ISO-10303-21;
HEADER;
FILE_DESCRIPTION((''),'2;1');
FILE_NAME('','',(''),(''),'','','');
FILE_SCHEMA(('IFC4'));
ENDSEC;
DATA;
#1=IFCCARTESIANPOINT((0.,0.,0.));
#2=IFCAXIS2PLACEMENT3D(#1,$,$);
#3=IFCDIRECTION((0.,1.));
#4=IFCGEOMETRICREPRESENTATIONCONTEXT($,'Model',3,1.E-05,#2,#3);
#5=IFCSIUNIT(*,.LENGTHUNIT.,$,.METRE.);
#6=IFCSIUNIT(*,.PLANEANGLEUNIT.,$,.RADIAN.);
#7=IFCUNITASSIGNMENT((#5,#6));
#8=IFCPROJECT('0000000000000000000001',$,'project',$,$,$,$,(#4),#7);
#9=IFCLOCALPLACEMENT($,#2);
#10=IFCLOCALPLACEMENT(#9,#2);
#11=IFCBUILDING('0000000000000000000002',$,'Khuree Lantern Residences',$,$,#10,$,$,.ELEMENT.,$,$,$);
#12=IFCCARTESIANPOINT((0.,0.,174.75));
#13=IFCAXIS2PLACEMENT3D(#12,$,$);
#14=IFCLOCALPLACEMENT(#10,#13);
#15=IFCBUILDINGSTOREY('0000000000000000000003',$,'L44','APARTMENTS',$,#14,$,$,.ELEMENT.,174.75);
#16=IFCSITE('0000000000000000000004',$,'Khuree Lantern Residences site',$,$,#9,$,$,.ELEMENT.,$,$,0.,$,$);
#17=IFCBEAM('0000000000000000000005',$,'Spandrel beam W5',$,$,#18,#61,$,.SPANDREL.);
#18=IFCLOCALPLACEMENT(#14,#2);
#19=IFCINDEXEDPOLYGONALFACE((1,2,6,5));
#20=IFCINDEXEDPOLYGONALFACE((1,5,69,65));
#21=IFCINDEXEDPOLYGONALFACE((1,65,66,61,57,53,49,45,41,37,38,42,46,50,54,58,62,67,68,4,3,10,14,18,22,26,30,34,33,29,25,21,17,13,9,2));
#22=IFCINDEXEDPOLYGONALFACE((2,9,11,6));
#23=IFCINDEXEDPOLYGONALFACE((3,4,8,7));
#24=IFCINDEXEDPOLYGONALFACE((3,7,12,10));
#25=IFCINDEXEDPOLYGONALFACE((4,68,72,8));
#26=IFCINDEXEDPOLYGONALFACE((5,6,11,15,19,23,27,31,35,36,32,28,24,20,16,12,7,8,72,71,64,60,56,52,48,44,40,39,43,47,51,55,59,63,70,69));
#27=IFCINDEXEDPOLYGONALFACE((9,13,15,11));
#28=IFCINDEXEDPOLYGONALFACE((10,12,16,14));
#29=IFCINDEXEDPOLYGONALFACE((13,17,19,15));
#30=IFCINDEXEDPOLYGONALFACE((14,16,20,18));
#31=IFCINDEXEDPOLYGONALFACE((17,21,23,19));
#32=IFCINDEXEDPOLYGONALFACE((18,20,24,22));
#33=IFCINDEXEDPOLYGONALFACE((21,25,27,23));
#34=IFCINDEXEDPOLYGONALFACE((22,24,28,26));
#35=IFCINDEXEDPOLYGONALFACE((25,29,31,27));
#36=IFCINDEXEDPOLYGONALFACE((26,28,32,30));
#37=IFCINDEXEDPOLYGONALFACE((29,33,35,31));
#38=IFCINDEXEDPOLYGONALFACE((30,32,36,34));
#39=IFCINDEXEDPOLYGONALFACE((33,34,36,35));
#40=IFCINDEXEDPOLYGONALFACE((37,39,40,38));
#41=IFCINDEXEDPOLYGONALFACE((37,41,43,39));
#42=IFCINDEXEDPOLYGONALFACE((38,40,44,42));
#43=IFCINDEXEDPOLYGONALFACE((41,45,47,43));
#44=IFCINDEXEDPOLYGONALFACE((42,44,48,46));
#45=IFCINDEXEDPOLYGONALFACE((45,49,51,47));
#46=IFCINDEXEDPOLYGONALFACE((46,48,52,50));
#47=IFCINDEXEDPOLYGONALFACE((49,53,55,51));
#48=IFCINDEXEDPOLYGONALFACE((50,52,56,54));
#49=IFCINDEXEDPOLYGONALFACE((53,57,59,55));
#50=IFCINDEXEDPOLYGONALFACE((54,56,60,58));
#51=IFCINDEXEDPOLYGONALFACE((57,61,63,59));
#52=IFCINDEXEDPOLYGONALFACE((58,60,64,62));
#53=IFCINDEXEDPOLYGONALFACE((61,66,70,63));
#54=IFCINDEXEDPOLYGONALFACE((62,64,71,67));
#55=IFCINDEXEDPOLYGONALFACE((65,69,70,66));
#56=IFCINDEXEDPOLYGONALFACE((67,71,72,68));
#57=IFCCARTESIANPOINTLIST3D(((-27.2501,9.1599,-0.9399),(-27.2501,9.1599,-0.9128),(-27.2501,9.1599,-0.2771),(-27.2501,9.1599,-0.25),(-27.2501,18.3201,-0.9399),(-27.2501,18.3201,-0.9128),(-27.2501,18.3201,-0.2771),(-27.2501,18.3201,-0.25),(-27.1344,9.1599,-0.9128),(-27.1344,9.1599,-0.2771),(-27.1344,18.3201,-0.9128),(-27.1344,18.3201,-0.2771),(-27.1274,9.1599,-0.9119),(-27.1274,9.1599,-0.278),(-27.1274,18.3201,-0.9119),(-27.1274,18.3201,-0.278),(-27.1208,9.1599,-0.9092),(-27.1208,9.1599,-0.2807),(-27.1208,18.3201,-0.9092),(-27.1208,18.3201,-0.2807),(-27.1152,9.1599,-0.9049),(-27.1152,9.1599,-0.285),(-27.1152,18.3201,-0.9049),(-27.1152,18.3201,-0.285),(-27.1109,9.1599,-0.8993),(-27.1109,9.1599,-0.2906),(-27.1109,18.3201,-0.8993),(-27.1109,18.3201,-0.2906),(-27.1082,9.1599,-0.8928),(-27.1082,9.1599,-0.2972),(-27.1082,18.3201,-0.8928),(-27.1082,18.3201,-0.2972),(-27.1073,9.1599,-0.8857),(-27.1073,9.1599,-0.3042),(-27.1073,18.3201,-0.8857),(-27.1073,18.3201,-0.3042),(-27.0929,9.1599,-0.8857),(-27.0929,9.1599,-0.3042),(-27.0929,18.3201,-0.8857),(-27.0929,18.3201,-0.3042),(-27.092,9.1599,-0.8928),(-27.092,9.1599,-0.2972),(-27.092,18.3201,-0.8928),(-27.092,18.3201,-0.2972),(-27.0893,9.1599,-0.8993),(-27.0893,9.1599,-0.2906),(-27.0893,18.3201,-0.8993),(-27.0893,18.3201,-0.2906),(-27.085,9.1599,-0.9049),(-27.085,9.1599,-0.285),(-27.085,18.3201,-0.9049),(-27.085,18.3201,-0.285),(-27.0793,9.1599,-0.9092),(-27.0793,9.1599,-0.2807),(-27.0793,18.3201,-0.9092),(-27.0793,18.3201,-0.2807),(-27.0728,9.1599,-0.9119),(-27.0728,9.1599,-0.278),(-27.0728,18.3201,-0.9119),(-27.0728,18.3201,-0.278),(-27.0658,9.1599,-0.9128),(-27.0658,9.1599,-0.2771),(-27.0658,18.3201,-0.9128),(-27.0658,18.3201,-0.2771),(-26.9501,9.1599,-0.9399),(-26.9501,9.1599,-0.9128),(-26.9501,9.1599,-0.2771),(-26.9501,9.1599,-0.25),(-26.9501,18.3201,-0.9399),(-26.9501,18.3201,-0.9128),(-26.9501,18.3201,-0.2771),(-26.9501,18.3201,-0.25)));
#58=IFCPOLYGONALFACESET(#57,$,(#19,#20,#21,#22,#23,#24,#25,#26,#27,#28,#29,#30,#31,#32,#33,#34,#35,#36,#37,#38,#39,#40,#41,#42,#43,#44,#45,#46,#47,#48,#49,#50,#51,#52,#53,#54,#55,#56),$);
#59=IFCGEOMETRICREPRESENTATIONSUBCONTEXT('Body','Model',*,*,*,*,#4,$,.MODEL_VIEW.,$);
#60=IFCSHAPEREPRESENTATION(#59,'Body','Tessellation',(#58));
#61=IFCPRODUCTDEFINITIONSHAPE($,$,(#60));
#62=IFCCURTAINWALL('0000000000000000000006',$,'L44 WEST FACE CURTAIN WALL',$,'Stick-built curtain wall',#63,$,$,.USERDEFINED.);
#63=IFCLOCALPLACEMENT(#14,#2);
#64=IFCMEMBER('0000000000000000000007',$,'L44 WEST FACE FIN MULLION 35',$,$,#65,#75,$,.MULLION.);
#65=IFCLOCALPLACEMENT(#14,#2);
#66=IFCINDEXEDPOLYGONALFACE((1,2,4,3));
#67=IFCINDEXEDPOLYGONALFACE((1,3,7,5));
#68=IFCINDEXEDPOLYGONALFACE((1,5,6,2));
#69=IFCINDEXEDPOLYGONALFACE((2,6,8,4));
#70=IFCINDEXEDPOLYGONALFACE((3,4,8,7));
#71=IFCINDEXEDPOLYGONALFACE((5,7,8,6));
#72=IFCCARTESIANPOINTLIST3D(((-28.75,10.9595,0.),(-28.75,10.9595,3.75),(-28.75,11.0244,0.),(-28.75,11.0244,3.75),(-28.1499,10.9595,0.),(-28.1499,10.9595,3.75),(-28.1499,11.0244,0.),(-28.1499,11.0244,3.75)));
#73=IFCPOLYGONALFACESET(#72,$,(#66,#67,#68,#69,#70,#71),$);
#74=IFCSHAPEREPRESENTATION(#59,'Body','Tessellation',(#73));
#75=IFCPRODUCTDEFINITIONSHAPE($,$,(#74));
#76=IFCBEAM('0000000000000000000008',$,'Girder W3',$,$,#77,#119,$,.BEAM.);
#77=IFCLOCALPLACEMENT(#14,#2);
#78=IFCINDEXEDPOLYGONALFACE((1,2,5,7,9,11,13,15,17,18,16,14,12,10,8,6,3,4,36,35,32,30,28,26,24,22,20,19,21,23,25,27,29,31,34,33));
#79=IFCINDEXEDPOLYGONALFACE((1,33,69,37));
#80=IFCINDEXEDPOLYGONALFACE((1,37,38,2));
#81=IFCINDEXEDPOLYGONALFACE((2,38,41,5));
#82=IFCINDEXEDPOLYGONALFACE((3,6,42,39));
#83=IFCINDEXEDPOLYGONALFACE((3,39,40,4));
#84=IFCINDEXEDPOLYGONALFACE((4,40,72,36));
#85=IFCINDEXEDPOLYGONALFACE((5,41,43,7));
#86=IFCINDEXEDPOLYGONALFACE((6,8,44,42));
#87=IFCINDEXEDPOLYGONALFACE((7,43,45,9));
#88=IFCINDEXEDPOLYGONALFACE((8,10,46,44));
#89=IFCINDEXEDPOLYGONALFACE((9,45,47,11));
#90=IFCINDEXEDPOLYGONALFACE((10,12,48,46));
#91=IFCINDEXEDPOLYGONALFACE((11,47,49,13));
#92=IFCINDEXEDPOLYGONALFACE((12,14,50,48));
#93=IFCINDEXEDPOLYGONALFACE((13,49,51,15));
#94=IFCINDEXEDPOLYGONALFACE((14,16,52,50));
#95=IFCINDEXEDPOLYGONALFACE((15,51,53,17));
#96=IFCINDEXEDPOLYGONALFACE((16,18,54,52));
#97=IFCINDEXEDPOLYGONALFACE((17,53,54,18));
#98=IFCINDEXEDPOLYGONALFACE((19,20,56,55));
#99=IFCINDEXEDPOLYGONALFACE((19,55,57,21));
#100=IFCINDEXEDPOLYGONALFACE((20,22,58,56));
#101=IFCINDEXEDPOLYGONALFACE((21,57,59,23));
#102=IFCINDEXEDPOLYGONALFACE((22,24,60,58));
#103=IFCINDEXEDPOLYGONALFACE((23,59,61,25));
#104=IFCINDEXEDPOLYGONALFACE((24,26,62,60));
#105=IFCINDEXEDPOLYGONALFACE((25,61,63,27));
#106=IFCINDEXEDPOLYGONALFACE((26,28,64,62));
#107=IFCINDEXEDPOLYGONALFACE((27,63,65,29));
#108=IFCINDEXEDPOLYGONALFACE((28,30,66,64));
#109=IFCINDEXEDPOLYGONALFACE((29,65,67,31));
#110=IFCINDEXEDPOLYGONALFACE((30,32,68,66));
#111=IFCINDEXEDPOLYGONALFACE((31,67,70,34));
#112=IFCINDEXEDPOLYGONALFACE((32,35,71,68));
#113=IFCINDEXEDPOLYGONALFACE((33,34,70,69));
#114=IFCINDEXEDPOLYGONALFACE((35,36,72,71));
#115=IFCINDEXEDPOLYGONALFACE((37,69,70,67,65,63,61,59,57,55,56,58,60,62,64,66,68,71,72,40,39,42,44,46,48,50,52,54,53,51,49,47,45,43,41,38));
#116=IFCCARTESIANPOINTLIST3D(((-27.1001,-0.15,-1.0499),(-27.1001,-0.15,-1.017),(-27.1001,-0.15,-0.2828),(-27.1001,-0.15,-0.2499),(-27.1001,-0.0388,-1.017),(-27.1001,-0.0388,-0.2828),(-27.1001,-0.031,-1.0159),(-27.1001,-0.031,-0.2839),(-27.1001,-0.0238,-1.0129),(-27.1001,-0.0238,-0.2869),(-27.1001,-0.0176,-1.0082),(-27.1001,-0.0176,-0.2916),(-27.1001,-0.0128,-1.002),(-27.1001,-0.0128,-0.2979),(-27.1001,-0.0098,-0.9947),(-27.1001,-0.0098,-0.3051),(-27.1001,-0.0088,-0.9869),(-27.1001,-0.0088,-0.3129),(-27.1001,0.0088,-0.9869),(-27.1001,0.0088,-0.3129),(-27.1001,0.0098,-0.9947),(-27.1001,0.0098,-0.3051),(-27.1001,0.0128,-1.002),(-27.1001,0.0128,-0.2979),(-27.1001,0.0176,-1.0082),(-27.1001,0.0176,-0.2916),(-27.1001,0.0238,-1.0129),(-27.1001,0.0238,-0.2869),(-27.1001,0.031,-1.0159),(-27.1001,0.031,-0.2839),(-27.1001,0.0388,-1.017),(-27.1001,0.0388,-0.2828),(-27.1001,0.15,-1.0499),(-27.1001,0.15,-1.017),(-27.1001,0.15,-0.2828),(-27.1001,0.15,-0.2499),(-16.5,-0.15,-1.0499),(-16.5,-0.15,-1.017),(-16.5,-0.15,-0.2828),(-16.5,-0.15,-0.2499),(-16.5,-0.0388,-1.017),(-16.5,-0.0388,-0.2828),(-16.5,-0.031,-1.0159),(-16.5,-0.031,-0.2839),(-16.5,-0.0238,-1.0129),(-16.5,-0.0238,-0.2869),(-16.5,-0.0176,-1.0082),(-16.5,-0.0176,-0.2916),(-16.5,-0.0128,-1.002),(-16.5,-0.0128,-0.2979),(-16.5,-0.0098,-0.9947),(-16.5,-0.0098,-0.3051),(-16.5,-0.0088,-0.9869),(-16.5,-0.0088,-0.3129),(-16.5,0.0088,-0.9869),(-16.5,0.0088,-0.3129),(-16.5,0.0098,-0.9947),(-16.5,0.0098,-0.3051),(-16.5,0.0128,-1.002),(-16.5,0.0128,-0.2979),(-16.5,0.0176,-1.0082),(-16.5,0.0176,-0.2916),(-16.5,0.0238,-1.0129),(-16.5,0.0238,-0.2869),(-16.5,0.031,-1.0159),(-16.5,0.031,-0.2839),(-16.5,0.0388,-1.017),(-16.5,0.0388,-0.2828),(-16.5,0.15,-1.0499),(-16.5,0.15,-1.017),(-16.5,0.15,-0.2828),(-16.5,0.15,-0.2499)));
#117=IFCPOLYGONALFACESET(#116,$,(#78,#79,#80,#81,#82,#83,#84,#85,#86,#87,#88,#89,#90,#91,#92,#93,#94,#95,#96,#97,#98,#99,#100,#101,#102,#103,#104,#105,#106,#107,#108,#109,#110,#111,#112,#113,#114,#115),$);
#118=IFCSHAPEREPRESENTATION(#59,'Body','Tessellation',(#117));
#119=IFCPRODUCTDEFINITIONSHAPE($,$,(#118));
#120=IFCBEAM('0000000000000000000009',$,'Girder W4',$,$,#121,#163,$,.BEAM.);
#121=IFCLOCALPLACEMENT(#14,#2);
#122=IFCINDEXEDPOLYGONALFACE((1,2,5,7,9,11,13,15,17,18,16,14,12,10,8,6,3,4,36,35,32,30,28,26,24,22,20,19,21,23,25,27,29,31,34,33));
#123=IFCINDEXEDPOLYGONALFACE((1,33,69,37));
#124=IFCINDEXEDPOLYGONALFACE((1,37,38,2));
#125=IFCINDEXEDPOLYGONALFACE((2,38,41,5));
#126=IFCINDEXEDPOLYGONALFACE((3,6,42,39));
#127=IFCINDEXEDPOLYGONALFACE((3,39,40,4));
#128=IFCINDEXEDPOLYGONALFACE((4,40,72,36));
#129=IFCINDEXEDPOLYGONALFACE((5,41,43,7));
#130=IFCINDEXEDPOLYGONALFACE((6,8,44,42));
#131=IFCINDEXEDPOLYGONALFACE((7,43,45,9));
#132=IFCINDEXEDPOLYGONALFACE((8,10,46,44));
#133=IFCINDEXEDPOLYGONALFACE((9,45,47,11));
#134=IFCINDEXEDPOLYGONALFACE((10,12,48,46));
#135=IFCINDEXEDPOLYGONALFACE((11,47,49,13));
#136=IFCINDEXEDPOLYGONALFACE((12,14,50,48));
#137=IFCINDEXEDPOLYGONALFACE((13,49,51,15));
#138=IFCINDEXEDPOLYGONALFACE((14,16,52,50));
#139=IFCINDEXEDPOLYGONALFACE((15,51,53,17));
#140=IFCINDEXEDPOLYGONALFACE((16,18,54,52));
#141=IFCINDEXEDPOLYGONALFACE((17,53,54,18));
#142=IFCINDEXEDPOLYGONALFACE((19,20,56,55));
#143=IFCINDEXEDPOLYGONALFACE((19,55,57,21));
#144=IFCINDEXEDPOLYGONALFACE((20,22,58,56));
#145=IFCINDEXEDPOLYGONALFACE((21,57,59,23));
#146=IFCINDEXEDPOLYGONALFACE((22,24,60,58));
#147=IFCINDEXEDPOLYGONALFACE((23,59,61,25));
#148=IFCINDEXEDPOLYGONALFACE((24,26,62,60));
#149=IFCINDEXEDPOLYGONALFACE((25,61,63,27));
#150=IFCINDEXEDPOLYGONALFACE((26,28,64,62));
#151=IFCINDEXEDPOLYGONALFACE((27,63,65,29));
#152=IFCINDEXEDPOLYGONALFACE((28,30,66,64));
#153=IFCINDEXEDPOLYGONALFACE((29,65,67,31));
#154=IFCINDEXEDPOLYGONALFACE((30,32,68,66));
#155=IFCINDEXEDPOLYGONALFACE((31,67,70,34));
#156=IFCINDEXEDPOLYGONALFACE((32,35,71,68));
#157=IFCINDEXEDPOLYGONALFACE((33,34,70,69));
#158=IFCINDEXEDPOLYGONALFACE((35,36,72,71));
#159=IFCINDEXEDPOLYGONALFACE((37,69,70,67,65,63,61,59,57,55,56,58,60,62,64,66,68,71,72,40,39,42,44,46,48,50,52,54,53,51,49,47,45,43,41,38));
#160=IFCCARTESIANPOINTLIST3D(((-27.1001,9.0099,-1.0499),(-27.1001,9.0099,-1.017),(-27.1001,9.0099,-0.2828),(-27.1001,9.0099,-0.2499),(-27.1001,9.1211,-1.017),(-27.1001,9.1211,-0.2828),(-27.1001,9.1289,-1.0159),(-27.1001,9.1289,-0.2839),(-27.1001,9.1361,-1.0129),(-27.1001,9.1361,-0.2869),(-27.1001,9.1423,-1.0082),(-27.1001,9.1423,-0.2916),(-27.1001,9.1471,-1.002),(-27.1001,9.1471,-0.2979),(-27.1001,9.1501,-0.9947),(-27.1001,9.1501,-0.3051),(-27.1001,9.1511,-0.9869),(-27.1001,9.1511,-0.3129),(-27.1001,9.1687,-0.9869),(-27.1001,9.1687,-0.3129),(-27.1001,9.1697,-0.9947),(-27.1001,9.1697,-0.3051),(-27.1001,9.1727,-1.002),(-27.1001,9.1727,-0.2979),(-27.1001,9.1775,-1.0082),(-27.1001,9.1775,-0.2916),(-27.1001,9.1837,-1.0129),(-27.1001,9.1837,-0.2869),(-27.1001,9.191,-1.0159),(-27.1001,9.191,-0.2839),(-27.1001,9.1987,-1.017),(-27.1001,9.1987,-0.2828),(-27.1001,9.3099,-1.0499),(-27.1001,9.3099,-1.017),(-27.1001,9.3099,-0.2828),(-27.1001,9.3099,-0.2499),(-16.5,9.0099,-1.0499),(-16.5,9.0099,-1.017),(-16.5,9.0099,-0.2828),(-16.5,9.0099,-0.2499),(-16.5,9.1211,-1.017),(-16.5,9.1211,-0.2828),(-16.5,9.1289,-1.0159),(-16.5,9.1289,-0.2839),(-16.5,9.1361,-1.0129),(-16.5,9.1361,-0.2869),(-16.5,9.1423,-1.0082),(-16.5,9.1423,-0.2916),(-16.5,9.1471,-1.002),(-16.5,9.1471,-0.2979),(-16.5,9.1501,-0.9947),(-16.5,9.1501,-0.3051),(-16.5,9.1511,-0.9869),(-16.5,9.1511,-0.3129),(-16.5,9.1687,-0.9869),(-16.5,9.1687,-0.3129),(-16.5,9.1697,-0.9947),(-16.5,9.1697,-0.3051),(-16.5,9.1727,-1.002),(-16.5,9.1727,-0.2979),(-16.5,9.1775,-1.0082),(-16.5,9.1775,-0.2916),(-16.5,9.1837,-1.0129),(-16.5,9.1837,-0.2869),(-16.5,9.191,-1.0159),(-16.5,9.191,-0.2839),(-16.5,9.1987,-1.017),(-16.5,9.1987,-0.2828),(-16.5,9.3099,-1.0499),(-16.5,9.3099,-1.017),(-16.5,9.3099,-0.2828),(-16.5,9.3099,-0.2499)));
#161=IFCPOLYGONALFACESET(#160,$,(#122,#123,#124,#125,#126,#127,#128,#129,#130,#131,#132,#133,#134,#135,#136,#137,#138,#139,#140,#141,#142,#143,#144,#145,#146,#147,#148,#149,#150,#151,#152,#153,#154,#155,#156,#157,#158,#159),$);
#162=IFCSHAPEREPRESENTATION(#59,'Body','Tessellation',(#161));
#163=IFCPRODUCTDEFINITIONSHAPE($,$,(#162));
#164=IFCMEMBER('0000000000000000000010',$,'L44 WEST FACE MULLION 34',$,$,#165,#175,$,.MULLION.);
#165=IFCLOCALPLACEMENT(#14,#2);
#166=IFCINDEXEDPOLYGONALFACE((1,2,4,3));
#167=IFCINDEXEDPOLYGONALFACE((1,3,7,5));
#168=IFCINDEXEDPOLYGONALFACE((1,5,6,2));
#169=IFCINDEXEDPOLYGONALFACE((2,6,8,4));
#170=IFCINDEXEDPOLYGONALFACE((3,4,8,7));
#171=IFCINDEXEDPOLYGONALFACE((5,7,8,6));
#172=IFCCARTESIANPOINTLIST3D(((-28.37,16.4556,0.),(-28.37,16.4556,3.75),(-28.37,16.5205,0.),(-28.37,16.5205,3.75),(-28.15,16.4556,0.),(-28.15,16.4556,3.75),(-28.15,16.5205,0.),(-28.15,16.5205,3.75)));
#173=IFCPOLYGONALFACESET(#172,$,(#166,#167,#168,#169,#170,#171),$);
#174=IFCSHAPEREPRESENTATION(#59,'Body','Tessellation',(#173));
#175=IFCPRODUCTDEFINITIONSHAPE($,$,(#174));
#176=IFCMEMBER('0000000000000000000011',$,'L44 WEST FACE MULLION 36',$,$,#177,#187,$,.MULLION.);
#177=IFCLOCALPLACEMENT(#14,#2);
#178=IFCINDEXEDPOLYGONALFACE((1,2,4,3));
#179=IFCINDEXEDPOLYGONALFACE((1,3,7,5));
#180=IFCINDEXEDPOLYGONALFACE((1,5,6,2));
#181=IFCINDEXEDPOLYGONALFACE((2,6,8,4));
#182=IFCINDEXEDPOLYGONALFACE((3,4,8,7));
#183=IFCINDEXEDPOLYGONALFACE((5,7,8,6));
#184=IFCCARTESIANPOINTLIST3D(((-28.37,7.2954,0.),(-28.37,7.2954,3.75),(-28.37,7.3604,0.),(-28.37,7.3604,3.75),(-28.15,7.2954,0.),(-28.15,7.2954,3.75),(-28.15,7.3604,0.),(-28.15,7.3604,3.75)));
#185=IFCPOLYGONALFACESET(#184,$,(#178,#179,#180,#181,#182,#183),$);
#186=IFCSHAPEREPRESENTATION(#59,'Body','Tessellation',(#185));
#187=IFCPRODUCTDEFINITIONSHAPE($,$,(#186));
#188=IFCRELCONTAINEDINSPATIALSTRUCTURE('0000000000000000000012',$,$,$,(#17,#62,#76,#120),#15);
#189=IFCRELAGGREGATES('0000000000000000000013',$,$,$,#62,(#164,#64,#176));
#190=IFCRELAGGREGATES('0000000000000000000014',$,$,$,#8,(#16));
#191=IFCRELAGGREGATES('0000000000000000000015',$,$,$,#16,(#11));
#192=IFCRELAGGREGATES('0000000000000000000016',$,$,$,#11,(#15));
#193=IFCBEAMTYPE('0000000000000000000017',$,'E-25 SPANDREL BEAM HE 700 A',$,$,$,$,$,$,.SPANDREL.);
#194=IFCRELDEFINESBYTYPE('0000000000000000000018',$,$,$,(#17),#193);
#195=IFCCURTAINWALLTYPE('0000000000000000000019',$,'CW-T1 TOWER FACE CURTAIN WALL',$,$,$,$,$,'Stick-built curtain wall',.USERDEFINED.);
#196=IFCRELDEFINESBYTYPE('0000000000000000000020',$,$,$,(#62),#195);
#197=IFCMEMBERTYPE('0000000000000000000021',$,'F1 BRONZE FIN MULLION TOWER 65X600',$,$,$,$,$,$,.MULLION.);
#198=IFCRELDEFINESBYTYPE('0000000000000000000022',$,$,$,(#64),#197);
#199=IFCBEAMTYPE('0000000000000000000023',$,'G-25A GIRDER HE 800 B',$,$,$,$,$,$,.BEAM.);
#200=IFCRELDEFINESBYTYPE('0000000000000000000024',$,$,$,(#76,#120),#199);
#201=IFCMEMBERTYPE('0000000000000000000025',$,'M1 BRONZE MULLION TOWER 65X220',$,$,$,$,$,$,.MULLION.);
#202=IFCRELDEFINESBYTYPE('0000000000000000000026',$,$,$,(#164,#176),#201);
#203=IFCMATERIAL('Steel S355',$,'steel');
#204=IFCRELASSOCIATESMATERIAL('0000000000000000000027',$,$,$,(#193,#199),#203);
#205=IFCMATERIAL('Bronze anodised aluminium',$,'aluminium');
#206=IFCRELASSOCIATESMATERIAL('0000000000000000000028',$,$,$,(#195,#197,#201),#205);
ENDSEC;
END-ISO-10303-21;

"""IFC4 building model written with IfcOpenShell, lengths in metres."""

from ifc_helpers import new_model, si_unit, direction, frame, origin, origin_2d, place, context, subcontext, project, spatial, rectangle, i_section, extrude, material, material_profile, profile_set, type_object, element, aggregate, save


model = new_model("IFC4")

# Units and contexts
model_context = context("Model", 3, precision=1e-05, world=origin(), true_north=direction((0.0, 1.0)))
body_context = subcontext(model_context, "Body", "Model", "MODEL_VIEW")
ifc_project = project(units=[si_unit("LENGTHUNIT", "METRE"), si_unit("PLANEANGLEUNIT", "RADIAN")], contexts=[model_context])

# Site, building, storey
site_placement = place(None, origin())
site = spatial("IfcSite", under=ifc_project, at=site_placement, Name="Khuree Lantern Residences site", CompositionType="ELEMENT", RefElevation=0.0)
building_placement = place(site_placement, origin())
building = spatial("IfcBuilding", under=site, at=building_placement, Name="Khuree Lantern Residences", CompositionType="ELEMENT")
storey_placement = place(building_placement, frame((0.0, 0.0, 174.75)))
storey = spatial("IfcBuildingStorey", under=building, at=storey_placement, Name="L44", Description="APARTMENTS", CompositionType="ELEMENT", Elevation=174.75)

# Beam
ifc_material_1 = material(Name="Steel S355", Category="steel")
ifc_material_profile_1 = material_profile(ifc_material_1, i_section(OverallWidth=0.3, OverallDepth=0.6899, WebThickness=0.0144, FlangeThickness=0.0271, FilletRadius=0.0271, at=origin_2d()), Name="HE 700 A")
ifc_profile_set_1 = profile_set([ifc_material_profile_1], Name="Steel S355")
beam_type_1 = type_object("IfcBeamType", Name="E-25 SPANDREL BEAM HE 700 A", PredefinedType="SPANDREL", material=ifc_profile_set_1)
beam_1_placement = place(storey_placement, frame((-27.1001, 9.1599, -0.595), z_axis=(0.0, 1.0, 0.0), x_axis=(-1.0, 0.0, 0.0)))
element("IfcBeam", 1, at=beam_1_placement, inside=storey, type_object=beam_type_1, Name="Spandrel beam W5", PredefinedType="SPANDREL", context=body_context, shape_type="SweptSolid", body=[
    extrude(i_section(OverallWidth=0.3, OverallDepth=0.6899, WebThickness=0.0144, FlangeThickness=0.0271, FilletRadius=0.0271, at=origin_2d()), origin(), (0.0, 0.0, 1.0), 9.1602),
])

# Curtain wall, member
ifc_material_2 = material(Name="Bronze anodised aluminium", Category="aluminium")
curtain_wall_type = type_object("IfcCurtainWallType", Name="CW-T1 TOWER FACE CURTAIN WALL", ElementType="Stick-built curtain wall", PredefinedType="USERDEFINED", material=ifc_material_2)
curtain_wall_placement = place(storey_placement, origin())
curtain_wall = element("IfcCurtainWall", 2, at=curtain_wall_placement, inside=storey, type_object=curtain_wall_type, Name="L44 WEST FACE CURTAIN WALL", ObjectType="Stick-built curtain wall", PredefinedType="USERDEFINED")
ifc_material_profile_2 = material_profile(ifc_material_2, rectangle(XDim=0.0649, YDim=0.6001, at=origin_2d()), Name="F1 65X600")
ifc_profile_set_2 = profile_set([ifc_material_profile_2], Name="Bronze anodised aluminium")
member_type_1 = type_object("IfcMemberType", Name="F1 BRONZE FIN MULLION TOWER 65X600", PredefinedType="MULLION", material=ifc_profile_set_2)
member_1_placement = place(storey_placement, frame((-28.45, 10.9919, 0.0), z_axis=(0.0, 0.0, 1.0), x_axis=(0.0, -1.0, 0.0)))
member_1 = element("IfcMember", 3, at=member_1_placement, type_object=member_type_1, Name="L44 WEST FACE FIN MULLION 35", PredefinedType="MULLION", context=body_context, shape_type="SweptSolid", body=[
    extrude(rectangle(XDim=0.0649, YDim=0.6001, at=origin_2d()), origin(), (0.0, 0.0, 1.0), 3.75),
])

# Beams
ifc_material_profile_3 = material_profile(ifc_material_1, i_section(OverallWidth=0.3, OverallDepth=0.8, WebThickness=0.0176, FlangeThickness=0.033, FilletRadius=0.03, at=origin_2d()), Name="HE 800 B")
ifc_profile_set_3 = profile_set([ifc_material_profile_3], Name="Steel S355")
beam_type_2 = type_object("IfcBeamType", Name="G-25A GIRDER HE 800 B", PredefinedType="BEAM", material=ifc_profile_set_3)
for number, where, z_axis, x_axis, name in (
    (4, (-27.1001, 0.0, -0.6499), (1.0, 0.0, 0.0), (0.0, 1.0, 0.0), "Girder W3"),
    (5, (-27.1001, 9.1599, -0.6499), (1.0, 0.0, 0.0), (0.0, 1.0, 0.0), "Girder W4"),
):
    element("IfcBeam", number, at=place(storey_placement, frame(where, z_axis=z_axis, x_axis=x_axis)), inside=storey, type_object=beam_type_2, Name=name, PredefinedType="BEAM", context=body_context, shape_type="SweptSolid", body=[
        extrude(i_section(OverallWidth=0.3, OverallDepth=0.8, WebThickness=0.0176, FlangeThickness=0.033, FilletRadius=0.03, at=origin_2d()), origin(), (0.0, 0.0, 1.0), 10.6001),
    ])

# Members
ifc_material_profile_4 = material_profile(ifc_material_2, rectangle(XDim=0.0649, YDim=0.22, at=origin_2d()), Name="M1 65X220")
ifc_profile_set_4 = profile_set([ifc_material_profile_4], Name="Bronze anodised aluminium")
member_type_2 = type_object("IfcMemberType", Name="M1 BRONZE MULLION TOWER 65X220", PredefinedType="MULLION", material=ifc_profile_set_4)
member_2_placement = place(storey_placement, frame((-28.26, 16.488, 0.0), z_axis=(0.0, 0.0, 1.0), x_axis=(0.0, -1.0, 0.0)))
member_2 = element("IfcMember", 6, at=member_2_placement, type_object=member_type_2, Name="L44 WEST FACE MULLION 34", PredefinedType="MULLION", context=body_context, shape_type="SweptSolid", body=[
    extrude(rectangle(XDim=0.0649, YDim=0.22, at=origin_2d()), origin(), (0.0, 0.0, 1.0), 3.75),
])
member_3_placement = place(storey_placement, frame((-28.26, 7.3279, 0.0), z_axis=(0.0, 0.0, 1.0), x_axis=(0.0, -1.0, 0.0)))
member_3 = element("IfcMember", 7, at=member_3_placement, type_object=member_type_2, Name="L44 WEST FACE MULLION 36", PredefinedType="MULLION", context=body_context, shape_type="SweptSolid", body=[
    extrude(rectangle(XDim=0.0649, YDim=0.22, at=origin_2d()), origin(), (0.0, 0.0, 1.0), 3.75),
])

aggregate(curtain_wall, [member_2, member_1, member_3])

save(model, "model.ifc")
